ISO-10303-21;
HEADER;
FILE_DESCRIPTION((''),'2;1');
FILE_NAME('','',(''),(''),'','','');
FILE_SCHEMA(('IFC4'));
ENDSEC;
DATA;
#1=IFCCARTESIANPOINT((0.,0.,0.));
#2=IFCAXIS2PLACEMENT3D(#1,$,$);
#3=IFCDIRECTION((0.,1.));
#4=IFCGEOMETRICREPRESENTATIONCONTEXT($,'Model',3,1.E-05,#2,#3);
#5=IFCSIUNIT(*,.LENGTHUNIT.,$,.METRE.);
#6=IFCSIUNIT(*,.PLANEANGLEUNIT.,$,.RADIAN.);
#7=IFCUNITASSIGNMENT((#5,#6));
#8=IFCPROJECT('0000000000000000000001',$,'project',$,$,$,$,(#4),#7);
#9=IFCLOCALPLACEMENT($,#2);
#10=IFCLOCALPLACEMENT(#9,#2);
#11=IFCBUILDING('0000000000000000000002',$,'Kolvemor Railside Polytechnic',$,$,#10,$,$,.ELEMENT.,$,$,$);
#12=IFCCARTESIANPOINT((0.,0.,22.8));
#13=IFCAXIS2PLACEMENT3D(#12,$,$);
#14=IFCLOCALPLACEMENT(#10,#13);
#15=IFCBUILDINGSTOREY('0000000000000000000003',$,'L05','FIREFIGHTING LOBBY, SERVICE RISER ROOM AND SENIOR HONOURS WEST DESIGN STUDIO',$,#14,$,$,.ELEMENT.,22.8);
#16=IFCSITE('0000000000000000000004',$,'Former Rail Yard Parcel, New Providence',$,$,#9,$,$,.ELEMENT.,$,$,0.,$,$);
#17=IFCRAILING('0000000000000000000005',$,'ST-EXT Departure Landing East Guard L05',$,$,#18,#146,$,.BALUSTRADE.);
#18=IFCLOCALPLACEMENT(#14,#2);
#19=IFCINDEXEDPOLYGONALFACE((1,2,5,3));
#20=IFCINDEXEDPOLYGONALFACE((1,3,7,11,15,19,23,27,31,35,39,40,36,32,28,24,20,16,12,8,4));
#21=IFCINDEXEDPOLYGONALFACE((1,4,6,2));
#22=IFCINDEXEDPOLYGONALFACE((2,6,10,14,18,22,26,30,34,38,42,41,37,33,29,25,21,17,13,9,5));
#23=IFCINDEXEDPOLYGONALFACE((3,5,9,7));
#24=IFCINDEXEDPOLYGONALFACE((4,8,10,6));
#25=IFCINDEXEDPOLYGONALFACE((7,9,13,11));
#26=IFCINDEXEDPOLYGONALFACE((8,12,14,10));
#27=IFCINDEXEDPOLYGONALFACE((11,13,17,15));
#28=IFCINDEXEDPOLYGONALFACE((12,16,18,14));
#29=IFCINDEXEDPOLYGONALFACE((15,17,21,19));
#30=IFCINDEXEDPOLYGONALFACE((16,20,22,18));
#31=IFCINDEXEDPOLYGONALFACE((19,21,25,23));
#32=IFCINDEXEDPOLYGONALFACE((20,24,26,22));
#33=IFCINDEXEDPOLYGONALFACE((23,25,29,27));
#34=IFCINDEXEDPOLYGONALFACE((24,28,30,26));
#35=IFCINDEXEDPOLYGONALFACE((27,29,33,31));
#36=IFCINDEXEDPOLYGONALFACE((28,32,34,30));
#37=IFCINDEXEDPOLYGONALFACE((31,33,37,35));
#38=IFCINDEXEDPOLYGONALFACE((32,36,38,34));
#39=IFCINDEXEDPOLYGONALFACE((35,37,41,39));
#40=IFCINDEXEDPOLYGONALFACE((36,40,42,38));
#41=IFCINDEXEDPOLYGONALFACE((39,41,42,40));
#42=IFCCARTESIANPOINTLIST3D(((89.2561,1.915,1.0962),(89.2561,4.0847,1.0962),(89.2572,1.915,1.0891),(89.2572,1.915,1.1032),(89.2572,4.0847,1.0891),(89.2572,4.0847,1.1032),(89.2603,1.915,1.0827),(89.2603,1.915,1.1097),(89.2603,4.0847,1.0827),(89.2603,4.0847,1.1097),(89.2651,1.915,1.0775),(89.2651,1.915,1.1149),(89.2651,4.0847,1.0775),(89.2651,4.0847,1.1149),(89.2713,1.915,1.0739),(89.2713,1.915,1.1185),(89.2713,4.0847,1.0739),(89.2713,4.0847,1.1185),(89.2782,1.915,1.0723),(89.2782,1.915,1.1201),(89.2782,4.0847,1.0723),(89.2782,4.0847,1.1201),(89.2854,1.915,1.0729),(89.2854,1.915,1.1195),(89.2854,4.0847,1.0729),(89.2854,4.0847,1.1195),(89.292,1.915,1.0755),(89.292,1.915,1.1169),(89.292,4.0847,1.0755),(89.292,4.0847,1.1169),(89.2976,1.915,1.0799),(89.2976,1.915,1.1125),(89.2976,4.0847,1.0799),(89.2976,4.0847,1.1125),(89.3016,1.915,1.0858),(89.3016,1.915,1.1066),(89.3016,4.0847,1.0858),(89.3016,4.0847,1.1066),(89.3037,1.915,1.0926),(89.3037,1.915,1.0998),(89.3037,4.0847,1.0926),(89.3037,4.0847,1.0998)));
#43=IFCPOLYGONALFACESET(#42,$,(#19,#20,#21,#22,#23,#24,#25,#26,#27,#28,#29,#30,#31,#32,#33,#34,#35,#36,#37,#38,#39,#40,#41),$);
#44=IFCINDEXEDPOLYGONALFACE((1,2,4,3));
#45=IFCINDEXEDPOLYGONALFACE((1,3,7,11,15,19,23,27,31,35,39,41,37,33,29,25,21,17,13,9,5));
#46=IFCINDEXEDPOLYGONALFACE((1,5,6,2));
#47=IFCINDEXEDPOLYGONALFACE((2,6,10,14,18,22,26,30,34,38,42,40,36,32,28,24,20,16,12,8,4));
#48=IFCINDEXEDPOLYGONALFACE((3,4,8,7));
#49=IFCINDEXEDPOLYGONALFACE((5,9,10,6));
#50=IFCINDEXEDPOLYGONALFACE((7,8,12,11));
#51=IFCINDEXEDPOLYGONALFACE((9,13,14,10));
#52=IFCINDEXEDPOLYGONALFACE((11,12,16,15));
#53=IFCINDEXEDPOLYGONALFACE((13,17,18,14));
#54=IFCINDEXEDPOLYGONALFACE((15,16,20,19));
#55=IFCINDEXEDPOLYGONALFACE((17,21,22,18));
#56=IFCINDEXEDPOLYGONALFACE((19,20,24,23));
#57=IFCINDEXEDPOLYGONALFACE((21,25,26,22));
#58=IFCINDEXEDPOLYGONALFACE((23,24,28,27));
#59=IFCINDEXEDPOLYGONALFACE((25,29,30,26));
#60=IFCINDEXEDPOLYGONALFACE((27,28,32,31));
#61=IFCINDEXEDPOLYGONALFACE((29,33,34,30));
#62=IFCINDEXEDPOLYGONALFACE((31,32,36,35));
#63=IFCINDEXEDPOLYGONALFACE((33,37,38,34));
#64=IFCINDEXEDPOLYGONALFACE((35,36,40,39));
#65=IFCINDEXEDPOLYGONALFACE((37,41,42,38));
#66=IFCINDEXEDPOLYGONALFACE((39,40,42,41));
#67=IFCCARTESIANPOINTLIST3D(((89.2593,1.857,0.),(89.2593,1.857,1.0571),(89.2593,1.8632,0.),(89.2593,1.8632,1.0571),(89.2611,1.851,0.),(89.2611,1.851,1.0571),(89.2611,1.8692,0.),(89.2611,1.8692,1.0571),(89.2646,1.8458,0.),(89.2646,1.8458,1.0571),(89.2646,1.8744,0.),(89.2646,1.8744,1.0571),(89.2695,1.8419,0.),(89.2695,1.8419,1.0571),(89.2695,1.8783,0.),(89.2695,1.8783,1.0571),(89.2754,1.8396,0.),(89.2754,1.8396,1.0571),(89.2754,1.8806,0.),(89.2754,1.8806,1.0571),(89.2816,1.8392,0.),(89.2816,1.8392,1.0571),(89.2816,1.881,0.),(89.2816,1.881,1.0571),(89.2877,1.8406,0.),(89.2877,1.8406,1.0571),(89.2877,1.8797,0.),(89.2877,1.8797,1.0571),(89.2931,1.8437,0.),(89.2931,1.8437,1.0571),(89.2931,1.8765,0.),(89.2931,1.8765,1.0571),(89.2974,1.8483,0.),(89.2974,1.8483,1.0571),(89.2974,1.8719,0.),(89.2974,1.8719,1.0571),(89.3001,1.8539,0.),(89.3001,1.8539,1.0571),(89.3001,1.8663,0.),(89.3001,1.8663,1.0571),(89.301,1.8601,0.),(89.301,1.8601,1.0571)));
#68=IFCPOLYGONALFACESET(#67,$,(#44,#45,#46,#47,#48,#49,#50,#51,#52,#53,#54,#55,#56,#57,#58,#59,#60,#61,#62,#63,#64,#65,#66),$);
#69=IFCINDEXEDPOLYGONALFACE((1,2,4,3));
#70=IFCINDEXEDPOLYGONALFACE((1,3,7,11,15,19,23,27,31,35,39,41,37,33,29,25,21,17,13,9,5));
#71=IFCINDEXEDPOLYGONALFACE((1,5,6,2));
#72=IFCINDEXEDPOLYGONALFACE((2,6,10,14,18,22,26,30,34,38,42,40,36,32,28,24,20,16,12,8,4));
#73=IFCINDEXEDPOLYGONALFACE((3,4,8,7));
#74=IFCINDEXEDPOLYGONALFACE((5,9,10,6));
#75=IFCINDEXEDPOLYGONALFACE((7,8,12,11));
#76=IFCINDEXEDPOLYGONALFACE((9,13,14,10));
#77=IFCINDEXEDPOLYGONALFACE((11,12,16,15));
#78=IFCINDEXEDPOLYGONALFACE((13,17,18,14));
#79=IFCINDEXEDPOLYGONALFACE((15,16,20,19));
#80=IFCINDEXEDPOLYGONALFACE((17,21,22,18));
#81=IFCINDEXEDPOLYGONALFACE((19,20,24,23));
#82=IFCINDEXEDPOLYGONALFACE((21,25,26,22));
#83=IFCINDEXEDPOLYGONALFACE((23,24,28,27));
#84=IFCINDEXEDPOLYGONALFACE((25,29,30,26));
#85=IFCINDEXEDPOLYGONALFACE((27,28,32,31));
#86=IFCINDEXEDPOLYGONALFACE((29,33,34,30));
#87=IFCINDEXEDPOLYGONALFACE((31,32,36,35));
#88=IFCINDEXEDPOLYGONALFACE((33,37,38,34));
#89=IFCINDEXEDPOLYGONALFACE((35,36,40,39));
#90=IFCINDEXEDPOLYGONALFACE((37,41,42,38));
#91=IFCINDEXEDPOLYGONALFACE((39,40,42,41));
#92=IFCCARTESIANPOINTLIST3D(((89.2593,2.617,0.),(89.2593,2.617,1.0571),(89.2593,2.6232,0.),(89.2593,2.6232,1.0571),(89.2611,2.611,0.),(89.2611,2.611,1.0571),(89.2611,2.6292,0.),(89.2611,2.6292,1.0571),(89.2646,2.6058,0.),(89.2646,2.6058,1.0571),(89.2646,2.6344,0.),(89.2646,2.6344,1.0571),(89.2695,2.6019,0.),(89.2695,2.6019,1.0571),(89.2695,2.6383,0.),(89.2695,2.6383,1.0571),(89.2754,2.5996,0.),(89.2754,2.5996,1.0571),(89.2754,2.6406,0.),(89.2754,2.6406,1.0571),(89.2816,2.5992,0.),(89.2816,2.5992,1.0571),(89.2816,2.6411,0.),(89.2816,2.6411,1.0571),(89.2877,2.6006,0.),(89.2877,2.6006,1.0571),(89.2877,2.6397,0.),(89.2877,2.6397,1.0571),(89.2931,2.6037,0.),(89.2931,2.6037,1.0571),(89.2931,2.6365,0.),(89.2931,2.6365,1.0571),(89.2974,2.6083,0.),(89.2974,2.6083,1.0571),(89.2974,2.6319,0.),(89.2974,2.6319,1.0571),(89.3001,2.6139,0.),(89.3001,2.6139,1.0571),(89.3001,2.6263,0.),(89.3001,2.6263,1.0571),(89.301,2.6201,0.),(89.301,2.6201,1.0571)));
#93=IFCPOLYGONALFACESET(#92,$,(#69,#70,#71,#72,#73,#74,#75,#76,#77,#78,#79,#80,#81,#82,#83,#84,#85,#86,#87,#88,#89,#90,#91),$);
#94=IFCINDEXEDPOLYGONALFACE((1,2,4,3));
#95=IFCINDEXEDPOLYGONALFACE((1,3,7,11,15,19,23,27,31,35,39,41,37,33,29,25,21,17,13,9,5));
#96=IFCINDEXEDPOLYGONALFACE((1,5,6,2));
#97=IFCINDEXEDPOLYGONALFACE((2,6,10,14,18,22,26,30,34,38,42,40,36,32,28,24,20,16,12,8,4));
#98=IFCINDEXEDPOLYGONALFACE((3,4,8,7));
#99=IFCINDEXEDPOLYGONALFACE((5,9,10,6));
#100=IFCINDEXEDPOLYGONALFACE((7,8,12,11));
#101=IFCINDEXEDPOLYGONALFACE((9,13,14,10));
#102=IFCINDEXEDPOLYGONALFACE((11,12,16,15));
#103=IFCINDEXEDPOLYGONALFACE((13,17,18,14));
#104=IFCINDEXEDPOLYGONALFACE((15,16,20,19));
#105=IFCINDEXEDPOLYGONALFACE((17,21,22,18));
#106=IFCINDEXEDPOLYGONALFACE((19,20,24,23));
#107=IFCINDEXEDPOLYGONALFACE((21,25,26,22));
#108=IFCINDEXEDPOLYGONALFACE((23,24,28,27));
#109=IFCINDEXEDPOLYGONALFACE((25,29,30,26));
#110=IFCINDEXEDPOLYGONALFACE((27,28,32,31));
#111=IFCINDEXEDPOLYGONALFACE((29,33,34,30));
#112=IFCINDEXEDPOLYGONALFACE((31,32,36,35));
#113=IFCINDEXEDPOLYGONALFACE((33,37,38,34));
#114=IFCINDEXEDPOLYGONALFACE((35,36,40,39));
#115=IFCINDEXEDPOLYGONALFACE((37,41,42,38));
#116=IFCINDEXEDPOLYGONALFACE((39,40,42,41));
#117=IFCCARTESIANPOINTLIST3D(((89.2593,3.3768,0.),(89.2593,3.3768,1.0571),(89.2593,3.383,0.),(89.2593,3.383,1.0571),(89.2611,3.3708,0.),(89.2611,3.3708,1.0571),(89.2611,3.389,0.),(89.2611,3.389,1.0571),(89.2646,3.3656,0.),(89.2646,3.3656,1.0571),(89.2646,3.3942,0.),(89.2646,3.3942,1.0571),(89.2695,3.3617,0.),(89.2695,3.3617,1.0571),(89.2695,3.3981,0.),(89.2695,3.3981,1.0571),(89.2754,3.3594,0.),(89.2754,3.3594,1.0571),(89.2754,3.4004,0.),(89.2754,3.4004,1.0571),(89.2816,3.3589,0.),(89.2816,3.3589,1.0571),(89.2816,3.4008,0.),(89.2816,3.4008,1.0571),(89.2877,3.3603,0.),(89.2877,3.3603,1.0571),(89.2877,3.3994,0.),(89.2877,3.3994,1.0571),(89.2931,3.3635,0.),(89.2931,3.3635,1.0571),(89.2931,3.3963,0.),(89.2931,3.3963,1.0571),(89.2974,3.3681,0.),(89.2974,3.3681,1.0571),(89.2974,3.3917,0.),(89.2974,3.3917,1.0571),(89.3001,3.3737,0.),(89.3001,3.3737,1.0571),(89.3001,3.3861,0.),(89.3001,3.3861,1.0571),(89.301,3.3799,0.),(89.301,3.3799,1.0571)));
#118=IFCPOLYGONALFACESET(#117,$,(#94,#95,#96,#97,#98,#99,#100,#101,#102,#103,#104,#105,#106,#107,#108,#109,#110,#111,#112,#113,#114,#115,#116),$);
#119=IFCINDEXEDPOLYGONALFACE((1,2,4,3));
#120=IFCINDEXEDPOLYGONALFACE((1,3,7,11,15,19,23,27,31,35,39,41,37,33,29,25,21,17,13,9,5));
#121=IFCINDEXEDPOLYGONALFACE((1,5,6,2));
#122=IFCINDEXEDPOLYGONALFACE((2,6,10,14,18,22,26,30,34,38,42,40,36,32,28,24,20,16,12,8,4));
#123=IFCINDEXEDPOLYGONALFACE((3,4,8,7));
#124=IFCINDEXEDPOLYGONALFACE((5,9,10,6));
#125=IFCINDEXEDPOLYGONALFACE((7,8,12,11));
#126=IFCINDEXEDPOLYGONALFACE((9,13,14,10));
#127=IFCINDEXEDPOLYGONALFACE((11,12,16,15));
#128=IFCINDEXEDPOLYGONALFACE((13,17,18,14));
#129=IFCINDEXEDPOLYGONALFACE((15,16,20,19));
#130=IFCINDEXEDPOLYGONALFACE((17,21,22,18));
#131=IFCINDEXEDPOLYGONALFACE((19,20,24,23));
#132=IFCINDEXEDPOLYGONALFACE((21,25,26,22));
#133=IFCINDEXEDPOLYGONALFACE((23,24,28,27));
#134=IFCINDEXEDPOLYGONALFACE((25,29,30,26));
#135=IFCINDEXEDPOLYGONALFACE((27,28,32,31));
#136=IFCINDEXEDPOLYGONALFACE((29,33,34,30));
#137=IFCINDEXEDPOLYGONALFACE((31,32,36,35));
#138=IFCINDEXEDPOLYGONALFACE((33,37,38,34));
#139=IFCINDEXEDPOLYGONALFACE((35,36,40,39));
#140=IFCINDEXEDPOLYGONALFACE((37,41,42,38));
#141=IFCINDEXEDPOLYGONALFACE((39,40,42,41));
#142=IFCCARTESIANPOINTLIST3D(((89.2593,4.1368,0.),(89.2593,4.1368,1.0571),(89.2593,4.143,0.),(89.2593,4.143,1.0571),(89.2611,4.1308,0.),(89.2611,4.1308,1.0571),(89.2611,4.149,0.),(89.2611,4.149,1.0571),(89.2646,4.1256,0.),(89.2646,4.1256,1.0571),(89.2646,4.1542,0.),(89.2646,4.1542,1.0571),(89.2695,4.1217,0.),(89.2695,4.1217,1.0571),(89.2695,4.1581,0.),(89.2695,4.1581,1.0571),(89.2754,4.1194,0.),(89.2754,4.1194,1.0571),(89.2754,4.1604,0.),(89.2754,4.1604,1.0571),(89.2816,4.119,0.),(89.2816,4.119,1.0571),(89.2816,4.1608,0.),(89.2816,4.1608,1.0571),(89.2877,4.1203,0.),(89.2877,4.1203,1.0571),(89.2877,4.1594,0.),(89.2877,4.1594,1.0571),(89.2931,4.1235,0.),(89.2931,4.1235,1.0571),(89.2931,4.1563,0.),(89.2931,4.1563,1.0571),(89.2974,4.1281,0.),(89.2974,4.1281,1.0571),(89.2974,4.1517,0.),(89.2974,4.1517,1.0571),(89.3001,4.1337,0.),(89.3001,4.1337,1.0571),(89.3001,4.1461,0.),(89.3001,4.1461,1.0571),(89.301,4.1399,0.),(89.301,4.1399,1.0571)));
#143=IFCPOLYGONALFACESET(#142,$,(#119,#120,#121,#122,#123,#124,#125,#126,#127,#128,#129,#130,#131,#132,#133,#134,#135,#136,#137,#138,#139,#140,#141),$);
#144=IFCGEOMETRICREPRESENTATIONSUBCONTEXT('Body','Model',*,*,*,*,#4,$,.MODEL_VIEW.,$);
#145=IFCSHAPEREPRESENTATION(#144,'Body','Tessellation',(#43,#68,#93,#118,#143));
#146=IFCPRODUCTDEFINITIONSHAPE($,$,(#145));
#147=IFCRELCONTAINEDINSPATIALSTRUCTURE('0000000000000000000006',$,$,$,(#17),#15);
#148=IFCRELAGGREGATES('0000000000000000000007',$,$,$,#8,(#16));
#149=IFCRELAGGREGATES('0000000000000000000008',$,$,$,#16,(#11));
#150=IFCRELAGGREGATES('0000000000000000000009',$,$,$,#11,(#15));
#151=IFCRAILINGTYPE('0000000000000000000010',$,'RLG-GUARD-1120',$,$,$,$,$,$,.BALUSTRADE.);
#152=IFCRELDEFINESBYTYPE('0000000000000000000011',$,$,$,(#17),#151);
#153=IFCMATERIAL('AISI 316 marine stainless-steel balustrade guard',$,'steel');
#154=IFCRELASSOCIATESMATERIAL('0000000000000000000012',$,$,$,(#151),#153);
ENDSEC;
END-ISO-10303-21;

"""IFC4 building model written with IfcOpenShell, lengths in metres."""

from ifc_helpers import new_model, si_unit, direction, frame, origin, origin_2d, place, context, subcontext, project, spatial, circle, extrude, material, type_object, element, save


model = new_model("IFC4")

# Units and contexts
model_context = context("Model", 3, precision=1e-05, world=origin(), true_north=direction((0.0, 1.0)))
body_context = subcontext(model_context, "Body", "Model", "MODEL_VIEW")
ifc_project = project(units=[si_unit("LENGTHUNIT", "METRE"), si_unit("PLANEANGLEUNIT", "RADIAN")], contexts=[model_context])

# Site, building, storey
site_placement = place(None, origin())
site = spatial("IfcSite", under=ifc_project, at=site_placement, Name="Former Rail Yard Parcel, New Providence", CompositionType="ELEMENT", RefElevation=0.0)
building_placement = place(site_placement, origin())
building = spatial("IfcBuilding", under=site, at=building_placement, Name="Kolvemor Railside Polytechnic", CompositionType="ELEMENT")
storey_placement = place(building_placement, frame((0.0, 0.0, 22.8)))
storey = spatial("IfcBuildingStorey", under=building, at=storey_placement, Name="L05", Description="FIREFIGHTING LOBBY, SERVICE RISER ROOM AND SENIOR HONOURS WEST DESIGN STUDIO", CompositionType="ELEMENT", Elevation=22.8)

# Railing
ifc_material_1 = material(Name="AISI 316 marine stainless-steel balustrade guard", Category="steel")
railing_type_1 = type_object("IfcRailingType", Name="RLG-GUARD-1120", PredefinedType="BALUSTRADE", material=ifc_material_1)
railing_1_placement = place(storey_placement, frame((89.28, 1.8601, 0.0)))
element("IfcRailing", 1, at=railing_1_placement, inside=storey, type_object=railing_type_1, Name="ST-EXT Departure Landing East Guard L05", PredefinedType="BALUSTRADE", context=body_context, shape_type="SweptSolid", body=[
    extrude(circle(Radius=0.0239, at=origin_2d()), frame((0.0, 0.0549, 1.0962), z_axis=(0.0, 1.0, 0.0), x_axis=(-1.0, 0.0, 0.0)), (0.0, 0.0, 1.0), 2.1697),
    extrude(circle(Radius=0.021, at=origin_2d()), origin(), (0.0, 0.0, 1.0), 1.0571),
    extrude(circle(Radius=0.021, at=origin_2d()), frame((0.0, 0.76, 0.0)), (0.0, 0.0, 1.0), 1.0571),
    extrude(circle(Radius=0.021, at=origin_2d()), frame((0.0, 1.5198, 0.0)), (0.0, 0.0, 1.0), 1.0571),
    extrude(circle(Radius=0.021, at=origin_2d()), frame((0.0, 2.2798, 0.0)), (0.0, 0.0, 1.0), 1.0571),
])

save(model, "model.ifc")
